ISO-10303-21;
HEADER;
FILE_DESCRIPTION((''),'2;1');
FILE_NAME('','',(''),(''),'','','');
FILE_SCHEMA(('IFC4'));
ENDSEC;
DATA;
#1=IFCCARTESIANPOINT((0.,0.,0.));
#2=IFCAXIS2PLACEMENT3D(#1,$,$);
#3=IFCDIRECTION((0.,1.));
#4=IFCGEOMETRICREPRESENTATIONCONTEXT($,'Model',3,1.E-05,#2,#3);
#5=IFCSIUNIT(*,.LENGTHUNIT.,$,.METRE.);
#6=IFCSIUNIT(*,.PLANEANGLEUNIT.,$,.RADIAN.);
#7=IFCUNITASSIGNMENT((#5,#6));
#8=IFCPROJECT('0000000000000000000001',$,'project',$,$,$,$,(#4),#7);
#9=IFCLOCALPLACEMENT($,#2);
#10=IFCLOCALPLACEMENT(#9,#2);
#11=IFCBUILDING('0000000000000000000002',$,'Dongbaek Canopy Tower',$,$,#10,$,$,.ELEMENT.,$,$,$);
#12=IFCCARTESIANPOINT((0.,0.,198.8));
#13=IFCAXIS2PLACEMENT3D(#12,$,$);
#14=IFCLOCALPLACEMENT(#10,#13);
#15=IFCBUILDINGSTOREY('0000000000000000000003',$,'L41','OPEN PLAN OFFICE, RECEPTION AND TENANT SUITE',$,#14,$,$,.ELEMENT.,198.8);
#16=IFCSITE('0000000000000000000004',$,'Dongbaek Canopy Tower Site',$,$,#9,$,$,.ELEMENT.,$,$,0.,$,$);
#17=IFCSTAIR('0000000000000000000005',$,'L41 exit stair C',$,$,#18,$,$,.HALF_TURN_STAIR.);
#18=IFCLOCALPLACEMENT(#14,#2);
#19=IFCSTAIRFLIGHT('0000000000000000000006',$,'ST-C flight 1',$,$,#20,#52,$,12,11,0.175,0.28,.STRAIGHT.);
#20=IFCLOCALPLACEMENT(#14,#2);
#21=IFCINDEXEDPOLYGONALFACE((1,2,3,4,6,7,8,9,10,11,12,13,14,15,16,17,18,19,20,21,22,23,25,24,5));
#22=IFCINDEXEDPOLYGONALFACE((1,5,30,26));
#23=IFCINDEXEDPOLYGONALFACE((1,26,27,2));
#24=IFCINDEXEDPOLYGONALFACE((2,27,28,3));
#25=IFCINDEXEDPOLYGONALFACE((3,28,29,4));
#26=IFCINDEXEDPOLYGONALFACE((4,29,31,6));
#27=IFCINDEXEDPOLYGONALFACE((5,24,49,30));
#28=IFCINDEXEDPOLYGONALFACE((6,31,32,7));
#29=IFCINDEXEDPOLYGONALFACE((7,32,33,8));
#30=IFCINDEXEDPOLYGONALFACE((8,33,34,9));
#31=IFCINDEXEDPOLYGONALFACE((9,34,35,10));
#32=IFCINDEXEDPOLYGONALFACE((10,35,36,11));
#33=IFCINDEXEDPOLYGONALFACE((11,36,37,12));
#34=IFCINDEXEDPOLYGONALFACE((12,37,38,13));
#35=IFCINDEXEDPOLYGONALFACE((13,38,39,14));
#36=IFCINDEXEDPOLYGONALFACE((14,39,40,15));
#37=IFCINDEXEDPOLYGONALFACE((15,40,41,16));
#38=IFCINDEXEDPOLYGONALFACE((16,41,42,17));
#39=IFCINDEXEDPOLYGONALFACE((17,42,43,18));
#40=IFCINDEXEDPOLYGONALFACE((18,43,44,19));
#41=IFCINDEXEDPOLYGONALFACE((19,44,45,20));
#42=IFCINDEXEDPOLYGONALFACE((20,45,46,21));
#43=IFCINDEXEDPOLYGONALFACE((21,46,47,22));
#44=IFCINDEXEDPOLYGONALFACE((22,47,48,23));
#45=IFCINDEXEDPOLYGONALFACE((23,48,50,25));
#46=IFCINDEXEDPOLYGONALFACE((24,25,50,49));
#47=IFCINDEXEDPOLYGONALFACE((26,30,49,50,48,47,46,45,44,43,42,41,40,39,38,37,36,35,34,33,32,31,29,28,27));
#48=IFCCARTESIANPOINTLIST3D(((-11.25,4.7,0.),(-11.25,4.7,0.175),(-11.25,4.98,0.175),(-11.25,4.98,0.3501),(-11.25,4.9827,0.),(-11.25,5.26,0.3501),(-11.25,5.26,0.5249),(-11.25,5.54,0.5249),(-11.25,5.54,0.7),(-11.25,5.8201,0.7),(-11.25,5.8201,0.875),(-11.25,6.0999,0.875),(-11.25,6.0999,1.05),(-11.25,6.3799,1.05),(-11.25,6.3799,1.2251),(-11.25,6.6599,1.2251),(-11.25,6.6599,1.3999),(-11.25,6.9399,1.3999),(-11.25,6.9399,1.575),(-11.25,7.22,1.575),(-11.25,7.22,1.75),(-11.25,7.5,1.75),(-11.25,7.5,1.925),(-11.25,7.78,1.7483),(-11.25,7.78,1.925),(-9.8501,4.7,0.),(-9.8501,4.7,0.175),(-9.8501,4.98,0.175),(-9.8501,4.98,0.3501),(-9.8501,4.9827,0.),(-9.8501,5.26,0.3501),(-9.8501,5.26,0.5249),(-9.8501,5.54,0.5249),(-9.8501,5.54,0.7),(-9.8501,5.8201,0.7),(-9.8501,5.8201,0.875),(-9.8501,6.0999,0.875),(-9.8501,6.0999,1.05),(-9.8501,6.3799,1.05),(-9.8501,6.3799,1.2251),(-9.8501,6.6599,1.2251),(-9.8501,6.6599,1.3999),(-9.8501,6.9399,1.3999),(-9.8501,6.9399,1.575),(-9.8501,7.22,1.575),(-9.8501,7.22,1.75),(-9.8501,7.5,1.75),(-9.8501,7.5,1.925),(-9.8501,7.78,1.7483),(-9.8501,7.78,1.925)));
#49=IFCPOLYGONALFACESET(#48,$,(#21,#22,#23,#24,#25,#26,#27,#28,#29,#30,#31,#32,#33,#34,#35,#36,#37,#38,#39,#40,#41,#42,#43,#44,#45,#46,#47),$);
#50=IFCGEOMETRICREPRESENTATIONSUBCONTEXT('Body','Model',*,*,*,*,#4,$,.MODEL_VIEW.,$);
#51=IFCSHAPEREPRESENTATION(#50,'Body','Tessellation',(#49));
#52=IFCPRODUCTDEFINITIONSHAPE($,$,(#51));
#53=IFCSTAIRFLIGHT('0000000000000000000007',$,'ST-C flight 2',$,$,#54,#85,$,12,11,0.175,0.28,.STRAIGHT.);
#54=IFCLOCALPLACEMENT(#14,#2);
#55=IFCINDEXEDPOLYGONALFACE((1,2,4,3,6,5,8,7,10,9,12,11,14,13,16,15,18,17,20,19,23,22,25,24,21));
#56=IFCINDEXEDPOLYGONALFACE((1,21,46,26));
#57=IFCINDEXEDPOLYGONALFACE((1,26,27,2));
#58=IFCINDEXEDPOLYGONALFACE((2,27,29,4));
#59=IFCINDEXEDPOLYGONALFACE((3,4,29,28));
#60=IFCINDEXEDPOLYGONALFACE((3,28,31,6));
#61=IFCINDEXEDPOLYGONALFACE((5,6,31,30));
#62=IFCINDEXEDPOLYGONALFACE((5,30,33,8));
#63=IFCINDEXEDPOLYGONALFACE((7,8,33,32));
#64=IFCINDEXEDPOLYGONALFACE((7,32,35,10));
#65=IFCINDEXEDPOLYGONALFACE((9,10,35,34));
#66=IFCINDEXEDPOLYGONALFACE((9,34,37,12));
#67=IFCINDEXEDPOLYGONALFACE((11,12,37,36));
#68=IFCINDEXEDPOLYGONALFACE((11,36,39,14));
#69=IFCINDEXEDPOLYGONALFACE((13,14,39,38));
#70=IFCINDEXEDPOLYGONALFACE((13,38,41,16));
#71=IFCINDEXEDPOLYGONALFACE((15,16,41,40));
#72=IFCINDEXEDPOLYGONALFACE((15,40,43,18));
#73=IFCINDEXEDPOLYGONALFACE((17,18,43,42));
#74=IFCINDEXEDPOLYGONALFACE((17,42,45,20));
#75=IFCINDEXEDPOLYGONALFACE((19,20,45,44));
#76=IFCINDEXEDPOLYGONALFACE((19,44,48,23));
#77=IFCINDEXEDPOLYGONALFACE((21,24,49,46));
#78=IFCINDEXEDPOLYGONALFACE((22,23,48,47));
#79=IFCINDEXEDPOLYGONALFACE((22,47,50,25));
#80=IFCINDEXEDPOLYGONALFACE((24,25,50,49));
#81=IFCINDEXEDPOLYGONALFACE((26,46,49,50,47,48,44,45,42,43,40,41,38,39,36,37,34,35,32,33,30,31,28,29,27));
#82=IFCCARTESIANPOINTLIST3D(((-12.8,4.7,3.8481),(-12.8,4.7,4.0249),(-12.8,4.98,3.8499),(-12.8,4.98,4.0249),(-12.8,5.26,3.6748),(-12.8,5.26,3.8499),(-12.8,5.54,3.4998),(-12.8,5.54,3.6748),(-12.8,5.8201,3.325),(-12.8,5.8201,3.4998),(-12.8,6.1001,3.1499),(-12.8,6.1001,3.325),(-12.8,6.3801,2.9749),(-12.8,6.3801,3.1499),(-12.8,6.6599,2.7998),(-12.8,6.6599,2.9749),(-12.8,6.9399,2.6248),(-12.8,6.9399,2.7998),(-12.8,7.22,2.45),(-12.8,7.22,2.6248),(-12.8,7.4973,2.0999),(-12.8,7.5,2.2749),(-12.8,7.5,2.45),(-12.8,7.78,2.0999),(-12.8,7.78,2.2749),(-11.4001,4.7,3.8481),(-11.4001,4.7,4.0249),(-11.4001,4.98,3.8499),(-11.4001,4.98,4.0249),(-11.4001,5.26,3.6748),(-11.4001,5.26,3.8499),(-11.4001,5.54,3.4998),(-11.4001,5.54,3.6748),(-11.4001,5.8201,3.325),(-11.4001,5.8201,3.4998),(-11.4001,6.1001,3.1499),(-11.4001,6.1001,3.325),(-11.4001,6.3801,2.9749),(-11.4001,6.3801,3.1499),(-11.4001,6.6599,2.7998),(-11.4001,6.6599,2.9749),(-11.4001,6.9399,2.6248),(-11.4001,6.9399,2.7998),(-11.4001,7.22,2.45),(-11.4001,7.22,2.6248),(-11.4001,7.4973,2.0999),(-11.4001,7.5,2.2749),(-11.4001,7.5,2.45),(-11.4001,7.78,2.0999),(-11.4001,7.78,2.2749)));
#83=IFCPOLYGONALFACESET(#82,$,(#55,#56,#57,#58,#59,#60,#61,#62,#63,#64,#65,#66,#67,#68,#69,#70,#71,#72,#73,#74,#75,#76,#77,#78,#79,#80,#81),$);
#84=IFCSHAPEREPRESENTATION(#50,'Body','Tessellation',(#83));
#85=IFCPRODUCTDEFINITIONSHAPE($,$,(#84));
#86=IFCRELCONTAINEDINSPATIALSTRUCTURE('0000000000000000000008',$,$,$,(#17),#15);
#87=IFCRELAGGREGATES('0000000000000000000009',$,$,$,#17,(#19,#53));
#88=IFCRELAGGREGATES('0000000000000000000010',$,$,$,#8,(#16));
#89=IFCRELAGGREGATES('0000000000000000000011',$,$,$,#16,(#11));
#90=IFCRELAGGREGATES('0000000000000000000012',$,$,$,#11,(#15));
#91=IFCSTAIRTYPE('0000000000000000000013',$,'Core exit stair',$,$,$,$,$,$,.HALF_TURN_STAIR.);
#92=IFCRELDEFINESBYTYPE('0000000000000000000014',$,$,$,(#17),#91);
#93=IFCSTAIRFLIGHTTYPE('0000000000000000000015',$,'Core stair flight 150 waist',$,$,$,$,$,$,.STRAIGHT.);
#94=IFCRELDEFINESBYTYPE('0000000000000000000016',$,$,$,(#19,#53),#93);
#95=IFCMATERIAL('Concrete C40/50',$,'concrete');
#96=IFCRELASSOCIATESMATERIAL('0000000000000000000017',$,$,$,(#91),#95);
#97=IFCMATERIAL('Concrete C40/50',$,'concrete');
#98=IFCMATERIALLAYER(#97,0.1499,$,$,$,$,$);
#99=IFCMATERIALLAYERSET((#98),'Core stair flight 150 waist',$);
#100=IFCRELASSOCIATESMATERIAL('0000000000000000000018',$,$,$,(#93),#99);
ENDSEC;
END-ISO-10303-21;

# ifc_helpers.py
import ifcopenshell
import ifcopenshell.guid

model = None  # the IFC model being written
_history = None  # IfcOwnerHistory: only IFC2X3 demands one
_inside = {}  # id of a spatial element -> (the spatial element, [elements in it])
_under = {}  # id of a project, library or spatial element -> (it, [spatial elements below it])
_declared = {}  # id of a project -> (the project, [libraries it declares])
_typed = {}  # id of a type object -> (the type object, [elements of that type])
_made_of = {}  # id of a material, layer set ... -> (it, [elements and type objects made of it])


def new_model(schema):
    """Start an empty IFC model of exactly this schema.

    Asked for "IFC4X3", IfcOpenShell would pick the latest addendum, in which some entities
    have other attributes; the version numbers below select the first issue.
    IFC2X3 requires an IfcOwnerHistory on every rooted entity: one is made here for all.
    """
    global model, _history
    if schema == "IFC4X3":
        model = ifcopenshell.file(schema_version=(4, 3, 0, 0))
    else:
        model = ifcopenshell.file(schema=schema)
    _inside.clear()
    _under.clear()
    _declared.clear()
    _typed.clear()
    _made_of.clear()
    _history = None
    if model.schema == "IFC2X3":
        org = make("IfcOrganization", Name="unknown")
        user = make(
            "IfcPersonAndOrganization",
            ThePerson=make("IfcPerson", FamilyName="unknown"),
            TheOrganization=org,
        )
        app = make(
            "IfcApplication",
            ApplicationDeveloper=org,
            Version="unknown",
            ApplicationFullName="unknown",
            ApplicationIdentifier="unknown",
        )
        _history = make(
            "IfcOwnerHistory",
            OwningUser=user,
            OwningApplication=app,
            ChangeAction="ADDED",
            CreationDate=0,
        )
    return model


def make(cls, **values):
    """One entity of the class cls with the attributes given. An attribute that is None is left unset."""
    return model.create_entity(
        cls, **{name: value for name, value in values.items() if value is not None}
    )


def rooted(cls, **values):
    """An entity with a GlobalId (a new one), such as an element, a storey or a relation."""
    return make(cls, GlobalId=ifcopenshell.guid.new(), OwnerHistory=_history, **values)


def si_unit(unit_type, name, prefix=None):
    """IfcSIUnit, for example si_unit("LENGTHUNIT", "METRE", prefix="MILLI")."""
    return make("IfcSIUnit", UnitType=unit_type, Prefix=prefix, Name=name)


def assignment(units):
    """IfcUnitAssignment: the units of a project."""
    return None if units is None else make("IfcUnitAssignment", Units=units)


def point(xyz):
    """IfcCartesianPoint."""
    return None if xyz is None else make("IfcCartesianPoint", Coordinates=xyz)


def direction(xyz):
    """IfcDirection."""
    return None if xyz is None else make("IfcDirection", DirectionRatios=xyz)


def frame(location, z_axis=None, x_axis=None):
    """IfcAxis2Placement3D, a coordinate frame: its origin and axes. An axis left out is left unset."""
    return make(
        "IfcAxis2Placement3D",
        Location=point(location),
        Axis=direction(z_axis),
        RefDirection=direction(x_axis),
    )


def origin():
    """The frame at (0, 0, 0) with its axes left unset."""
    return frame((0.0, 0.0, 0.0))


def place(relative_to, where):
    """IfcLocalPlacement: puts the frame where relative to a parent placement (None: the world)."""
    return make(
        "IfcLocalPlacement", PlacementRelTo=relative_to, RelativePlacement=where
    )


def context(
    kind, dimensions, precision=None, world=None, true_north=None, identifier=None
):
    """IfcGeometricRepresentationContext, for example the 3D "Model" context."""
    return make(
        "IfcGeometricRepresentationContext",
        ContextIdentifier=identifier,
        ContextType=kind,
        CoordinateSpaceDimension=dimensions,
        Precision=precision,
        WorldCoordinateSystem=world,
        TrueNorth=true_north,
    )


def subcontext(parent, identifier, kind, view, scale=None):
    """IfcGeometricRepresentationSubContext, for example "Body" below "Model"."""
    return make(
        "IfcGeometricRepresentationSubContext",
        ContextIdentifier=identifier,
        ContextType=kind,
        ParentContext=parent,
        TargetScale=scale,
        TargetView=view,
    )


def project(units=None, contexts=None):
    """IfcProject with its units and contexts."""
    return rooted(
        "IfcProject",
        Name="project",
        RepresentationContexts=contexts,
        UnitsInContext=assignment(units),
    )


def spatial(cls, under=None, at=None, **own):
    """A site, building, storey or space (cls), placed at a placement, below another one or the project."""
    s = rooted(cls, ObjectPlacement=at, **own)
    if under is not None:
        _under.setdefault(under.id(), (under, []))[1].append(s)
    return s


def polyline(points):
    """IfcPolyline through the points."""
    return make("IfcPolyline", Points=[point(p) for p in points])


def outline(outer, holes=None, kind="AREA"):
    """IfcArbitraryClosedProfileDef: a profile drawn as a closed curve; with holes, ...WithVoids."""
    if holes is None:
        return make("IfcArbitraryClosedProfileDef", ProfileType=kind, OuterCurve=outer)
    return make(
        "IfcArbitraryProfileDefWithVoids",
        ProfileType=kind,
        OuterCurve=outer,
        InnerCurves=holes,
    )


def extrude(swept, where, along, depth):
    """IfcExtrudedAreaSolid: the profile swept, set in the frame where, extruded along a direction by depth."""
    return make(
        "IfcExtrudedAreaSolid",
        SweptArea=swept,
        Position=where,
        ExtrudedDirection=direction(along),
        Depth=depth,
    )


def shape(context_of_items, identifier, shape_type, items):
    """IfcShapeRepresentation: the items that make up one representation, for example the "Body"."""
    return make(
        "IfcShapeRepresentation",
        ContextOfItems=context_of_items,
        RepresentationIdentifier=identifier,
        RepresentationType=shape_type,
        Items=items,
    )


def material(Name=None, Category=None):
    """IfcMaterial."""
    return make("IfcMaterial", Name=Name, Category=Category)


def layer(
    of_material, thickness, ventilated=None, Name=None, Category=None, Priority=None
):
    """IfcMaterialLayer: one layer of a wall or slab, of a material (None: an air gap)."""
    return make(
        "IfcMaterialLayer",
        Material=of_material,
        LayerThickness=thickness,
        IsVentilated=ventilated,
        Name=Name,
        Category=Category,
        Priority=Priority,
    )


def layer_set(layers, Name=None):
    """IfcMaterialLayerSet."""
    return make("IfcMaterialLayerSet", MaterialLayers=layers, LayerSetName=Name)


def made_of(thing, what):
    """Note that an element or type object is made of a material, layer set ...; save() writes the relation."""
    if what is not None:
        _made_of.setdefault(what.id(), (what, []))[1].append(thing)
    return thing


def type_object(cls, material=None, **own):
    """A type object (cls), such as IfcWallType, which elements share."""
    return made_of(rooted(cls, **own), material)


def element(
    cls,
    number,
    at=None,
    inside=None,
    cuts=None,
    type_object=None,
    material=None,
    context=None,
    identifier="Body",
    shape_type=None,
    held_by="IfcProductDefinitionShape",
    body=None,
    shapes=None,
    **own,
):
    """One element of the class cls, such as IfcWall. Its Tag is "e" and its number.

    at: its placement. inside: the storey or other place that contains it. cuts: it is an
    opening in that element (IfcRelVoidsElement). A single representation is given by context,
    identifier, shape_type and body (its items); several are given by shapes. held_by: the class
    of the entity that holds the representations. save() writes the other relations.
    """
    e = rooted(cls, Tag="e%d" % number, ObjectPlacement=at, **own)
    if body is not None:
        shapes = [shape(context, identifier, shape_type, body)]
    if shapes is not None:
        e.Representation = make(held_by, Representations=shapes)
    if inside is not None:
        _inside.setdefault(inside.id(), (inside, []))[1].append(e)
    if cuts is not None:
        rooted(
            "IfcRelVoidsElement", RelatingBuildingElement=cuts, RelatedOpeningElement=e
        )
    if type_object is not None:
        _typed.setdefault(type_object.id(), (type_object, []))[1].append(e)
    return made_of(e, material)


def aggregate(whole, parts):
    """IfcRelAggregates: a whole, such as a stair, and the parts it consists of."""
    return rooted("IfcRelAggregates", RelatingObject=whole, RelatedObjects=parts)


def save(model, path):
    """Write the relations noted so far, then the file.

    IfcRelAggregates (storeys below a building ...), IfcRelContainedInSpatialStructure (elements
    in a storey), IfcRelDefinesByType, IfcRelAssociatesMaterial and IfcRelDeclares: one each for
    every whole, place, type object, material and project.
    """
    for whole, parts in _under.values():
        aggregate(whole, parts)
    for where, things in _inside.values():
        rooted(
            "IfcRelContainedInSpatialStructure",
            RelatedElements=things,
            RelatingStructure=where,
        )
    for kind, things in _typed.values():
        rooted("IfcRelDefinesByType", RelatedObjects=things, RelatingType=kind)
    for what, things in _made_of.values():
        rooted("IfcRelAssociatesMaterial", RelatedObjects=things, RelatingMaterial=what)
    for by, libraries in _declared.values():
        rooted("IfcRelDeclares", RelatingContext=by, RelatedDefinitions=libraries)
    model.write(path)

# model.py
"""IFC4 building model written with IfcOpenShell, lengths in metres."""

from ifc_helpers import new_model, si_unit, direction, frame, origin, place, context, subcontext, project, spatial, polyline, outline, extrude, material, layer, layer_set, type_object, element, aggregate, save


model = new_model("IFC4")

# Units and contexts
model_context = context("Model", 3, precision=1e-05, world=origin(), true_north=direction((0.0, 1.0)))
body_context = subcontext(model_context, "Body", "Model", "MODEL_VIEW")
ifc_project = project(units=[si_unit("LENGTHUNIT", "METRE"), si_unit("PLANEANGLEUNIT", "RADIAN")], contexts=[model_context])

# Site, building, storey
site_placement = place(None, origin())
site = spatial("IfcSite", under=ifc_project, at=site_placement, Name="Dongbaek Canopy Tower Site", CompositionType="ELEMENT", RefElevation=0.0)
building_placement = place(site_placement, origin())
building = spatial("IfcBuilding", under=site, at=building_placement, Name="Dongbaek Canopy Tower", CompositionType="ELEMENT")
storey_placement = place(building_placement, frame((0.0, 0.0, 198.8)))
storey = spatial("IfcBuildingStorey", under=building, at=storey_placement, Name="L41", Description="OPEN PLAN OFFICE, RECEPTION AND TENANT SUITE", CompositionType="ELEMENT", Elevation=198.8)

# Stair, stair flights
ifc_material_1 = material(Name="Concrete C40/50", Category="concrete")
stair_type = type_object("IfcStairType", Name="Core exit stair", PredefinedType="HALF_TURN_STAIR", material=ifc_material_1)
stair_placement = place(storey_placement, origin())
stair = element("IfcStair", 1, at=stair_placement, inside=storey, type_object=stair_type, Name="L41 exit stair C", PredefinedType="HALF_TURN_STAIR")
ifc_material_2 = material(Name="Concrete C40/50", Category="concrete")
ifc_layer_1 = layer(ifc_material_2, 0.1499)
ifc_layer_set_1 = layer_set([ifc_layer_1], Name="Core stair flight 150 waist")
stair_flight_type = type_object("IfcStairFlightType", Name="Core stair flight 150 waist", PredefinedType="STRAIGHT", material=ifc_layer_set_1)
stair_flight_1_placement = place(storey_placement, frame((-10.55, 4.7, 0.0), z_axis=(0.0, 0.0, 1.0), x_axis=(0.0, 1.0, 0.0)))
stair_flight_1 = element("IfcStairFlight", 2, at=stair_flight_1_placement, type_object=stair_flight_type, Name="ST-C flight 1", NumberOfRisers=12, NumberOfTreads=11, PredefinedType="STRAIGHT", RiserHeight=0.175, TreadLength=0.28, context=body_context, shape_type="SweptSolid", body=[
    extrude(outline(polyline([(0.0, 0.0), (0.0, 0.175), (0.28, 0.175), (0.28, 0.3501), (0.5601, 0.3501), (0.5601, 0.5249), (0.8401, 0.5249), (0.8401, 0.7), (1.1201, 0.7), (1.1201, 0.875), (1.3999, 0.875), (1.3999, 1.05), (1.6799, 1.05), (1.6799, 1.2251), (1.96, 1.2251), (1.96, 1.3999), (2.24, 1.3999), (2.24, 1.575), (2.52, 1.575), (2.52, 1.75), (2.8, 1.75), (2.8, 1.925), (3.0801, 1.925), (3.0801, 2.1001), (3.0801, 1.7483), (0.2827, 0.0), (0.0, 0.0)])), frame((0.0, 0.7, 0.0), z_axis=(0.0, -1.0, 0.0), x_axis=(1.0, 0.0, 0.0)), (0.0, 0.0, 1.0), 1.3999),
])
stair_flight_2_placement = place(storey_placement, frame((-12.1001, 7.78, 2.0999), z_axis=(0.0, 0.0, 1.0), x_axis=(0.0, -1.0, 0.0)))
stair_flight_2 = element("IfcStairFlight", 3, at=stair_flight_2_placement, type_object=stair_flight_type, Name="ST-C flight 2", NumberOfRisers=12, NumberOfTreads=11, PredefinedType="STRAIGHT", RiserHeight=0.175, TreadLength=0.28, context=body_context, shape_type="SweptSolid", body=[
    extrude(outline(polyline([(0.0, 0.0), (0.0, 0.175), (0.28, 0.175), (0.28, 0.3501), (0.5601, 0.3501), (0.5601, 0.5249), (0.8401, 0.5249), (0.8401, 0.7), (1.1201, 0.7), (1.1201, 0.875), (1.3999, 0.875), (1.3999, 1.05), (1.6799, 1.05), (1.6799, 1.2251), (1.96, 1.2251), (1.96, 1.3999), (2.24, 1.3999), (2.24, 1.575), (2.52, 1.575), (2.52, 1.75), (2.8, 1.75), (2.8, 1.925), (3.0801, 1.925), (3.0801, 2.1001), (3.0801, 1.7483), (0.2827, 0.0), (0.0, 0.0)])), frame((0.0, 0.7, 0.0), z_axis=(0.0, -1.0, 0.0), x_axis=(1.0, 0.0, 0.0)), (0.0, 0.0, 1.0), 1.3999),
])
aggregate(stair, [stair_flight_1, stair_flight_2])

save(model, "model.ifc")
